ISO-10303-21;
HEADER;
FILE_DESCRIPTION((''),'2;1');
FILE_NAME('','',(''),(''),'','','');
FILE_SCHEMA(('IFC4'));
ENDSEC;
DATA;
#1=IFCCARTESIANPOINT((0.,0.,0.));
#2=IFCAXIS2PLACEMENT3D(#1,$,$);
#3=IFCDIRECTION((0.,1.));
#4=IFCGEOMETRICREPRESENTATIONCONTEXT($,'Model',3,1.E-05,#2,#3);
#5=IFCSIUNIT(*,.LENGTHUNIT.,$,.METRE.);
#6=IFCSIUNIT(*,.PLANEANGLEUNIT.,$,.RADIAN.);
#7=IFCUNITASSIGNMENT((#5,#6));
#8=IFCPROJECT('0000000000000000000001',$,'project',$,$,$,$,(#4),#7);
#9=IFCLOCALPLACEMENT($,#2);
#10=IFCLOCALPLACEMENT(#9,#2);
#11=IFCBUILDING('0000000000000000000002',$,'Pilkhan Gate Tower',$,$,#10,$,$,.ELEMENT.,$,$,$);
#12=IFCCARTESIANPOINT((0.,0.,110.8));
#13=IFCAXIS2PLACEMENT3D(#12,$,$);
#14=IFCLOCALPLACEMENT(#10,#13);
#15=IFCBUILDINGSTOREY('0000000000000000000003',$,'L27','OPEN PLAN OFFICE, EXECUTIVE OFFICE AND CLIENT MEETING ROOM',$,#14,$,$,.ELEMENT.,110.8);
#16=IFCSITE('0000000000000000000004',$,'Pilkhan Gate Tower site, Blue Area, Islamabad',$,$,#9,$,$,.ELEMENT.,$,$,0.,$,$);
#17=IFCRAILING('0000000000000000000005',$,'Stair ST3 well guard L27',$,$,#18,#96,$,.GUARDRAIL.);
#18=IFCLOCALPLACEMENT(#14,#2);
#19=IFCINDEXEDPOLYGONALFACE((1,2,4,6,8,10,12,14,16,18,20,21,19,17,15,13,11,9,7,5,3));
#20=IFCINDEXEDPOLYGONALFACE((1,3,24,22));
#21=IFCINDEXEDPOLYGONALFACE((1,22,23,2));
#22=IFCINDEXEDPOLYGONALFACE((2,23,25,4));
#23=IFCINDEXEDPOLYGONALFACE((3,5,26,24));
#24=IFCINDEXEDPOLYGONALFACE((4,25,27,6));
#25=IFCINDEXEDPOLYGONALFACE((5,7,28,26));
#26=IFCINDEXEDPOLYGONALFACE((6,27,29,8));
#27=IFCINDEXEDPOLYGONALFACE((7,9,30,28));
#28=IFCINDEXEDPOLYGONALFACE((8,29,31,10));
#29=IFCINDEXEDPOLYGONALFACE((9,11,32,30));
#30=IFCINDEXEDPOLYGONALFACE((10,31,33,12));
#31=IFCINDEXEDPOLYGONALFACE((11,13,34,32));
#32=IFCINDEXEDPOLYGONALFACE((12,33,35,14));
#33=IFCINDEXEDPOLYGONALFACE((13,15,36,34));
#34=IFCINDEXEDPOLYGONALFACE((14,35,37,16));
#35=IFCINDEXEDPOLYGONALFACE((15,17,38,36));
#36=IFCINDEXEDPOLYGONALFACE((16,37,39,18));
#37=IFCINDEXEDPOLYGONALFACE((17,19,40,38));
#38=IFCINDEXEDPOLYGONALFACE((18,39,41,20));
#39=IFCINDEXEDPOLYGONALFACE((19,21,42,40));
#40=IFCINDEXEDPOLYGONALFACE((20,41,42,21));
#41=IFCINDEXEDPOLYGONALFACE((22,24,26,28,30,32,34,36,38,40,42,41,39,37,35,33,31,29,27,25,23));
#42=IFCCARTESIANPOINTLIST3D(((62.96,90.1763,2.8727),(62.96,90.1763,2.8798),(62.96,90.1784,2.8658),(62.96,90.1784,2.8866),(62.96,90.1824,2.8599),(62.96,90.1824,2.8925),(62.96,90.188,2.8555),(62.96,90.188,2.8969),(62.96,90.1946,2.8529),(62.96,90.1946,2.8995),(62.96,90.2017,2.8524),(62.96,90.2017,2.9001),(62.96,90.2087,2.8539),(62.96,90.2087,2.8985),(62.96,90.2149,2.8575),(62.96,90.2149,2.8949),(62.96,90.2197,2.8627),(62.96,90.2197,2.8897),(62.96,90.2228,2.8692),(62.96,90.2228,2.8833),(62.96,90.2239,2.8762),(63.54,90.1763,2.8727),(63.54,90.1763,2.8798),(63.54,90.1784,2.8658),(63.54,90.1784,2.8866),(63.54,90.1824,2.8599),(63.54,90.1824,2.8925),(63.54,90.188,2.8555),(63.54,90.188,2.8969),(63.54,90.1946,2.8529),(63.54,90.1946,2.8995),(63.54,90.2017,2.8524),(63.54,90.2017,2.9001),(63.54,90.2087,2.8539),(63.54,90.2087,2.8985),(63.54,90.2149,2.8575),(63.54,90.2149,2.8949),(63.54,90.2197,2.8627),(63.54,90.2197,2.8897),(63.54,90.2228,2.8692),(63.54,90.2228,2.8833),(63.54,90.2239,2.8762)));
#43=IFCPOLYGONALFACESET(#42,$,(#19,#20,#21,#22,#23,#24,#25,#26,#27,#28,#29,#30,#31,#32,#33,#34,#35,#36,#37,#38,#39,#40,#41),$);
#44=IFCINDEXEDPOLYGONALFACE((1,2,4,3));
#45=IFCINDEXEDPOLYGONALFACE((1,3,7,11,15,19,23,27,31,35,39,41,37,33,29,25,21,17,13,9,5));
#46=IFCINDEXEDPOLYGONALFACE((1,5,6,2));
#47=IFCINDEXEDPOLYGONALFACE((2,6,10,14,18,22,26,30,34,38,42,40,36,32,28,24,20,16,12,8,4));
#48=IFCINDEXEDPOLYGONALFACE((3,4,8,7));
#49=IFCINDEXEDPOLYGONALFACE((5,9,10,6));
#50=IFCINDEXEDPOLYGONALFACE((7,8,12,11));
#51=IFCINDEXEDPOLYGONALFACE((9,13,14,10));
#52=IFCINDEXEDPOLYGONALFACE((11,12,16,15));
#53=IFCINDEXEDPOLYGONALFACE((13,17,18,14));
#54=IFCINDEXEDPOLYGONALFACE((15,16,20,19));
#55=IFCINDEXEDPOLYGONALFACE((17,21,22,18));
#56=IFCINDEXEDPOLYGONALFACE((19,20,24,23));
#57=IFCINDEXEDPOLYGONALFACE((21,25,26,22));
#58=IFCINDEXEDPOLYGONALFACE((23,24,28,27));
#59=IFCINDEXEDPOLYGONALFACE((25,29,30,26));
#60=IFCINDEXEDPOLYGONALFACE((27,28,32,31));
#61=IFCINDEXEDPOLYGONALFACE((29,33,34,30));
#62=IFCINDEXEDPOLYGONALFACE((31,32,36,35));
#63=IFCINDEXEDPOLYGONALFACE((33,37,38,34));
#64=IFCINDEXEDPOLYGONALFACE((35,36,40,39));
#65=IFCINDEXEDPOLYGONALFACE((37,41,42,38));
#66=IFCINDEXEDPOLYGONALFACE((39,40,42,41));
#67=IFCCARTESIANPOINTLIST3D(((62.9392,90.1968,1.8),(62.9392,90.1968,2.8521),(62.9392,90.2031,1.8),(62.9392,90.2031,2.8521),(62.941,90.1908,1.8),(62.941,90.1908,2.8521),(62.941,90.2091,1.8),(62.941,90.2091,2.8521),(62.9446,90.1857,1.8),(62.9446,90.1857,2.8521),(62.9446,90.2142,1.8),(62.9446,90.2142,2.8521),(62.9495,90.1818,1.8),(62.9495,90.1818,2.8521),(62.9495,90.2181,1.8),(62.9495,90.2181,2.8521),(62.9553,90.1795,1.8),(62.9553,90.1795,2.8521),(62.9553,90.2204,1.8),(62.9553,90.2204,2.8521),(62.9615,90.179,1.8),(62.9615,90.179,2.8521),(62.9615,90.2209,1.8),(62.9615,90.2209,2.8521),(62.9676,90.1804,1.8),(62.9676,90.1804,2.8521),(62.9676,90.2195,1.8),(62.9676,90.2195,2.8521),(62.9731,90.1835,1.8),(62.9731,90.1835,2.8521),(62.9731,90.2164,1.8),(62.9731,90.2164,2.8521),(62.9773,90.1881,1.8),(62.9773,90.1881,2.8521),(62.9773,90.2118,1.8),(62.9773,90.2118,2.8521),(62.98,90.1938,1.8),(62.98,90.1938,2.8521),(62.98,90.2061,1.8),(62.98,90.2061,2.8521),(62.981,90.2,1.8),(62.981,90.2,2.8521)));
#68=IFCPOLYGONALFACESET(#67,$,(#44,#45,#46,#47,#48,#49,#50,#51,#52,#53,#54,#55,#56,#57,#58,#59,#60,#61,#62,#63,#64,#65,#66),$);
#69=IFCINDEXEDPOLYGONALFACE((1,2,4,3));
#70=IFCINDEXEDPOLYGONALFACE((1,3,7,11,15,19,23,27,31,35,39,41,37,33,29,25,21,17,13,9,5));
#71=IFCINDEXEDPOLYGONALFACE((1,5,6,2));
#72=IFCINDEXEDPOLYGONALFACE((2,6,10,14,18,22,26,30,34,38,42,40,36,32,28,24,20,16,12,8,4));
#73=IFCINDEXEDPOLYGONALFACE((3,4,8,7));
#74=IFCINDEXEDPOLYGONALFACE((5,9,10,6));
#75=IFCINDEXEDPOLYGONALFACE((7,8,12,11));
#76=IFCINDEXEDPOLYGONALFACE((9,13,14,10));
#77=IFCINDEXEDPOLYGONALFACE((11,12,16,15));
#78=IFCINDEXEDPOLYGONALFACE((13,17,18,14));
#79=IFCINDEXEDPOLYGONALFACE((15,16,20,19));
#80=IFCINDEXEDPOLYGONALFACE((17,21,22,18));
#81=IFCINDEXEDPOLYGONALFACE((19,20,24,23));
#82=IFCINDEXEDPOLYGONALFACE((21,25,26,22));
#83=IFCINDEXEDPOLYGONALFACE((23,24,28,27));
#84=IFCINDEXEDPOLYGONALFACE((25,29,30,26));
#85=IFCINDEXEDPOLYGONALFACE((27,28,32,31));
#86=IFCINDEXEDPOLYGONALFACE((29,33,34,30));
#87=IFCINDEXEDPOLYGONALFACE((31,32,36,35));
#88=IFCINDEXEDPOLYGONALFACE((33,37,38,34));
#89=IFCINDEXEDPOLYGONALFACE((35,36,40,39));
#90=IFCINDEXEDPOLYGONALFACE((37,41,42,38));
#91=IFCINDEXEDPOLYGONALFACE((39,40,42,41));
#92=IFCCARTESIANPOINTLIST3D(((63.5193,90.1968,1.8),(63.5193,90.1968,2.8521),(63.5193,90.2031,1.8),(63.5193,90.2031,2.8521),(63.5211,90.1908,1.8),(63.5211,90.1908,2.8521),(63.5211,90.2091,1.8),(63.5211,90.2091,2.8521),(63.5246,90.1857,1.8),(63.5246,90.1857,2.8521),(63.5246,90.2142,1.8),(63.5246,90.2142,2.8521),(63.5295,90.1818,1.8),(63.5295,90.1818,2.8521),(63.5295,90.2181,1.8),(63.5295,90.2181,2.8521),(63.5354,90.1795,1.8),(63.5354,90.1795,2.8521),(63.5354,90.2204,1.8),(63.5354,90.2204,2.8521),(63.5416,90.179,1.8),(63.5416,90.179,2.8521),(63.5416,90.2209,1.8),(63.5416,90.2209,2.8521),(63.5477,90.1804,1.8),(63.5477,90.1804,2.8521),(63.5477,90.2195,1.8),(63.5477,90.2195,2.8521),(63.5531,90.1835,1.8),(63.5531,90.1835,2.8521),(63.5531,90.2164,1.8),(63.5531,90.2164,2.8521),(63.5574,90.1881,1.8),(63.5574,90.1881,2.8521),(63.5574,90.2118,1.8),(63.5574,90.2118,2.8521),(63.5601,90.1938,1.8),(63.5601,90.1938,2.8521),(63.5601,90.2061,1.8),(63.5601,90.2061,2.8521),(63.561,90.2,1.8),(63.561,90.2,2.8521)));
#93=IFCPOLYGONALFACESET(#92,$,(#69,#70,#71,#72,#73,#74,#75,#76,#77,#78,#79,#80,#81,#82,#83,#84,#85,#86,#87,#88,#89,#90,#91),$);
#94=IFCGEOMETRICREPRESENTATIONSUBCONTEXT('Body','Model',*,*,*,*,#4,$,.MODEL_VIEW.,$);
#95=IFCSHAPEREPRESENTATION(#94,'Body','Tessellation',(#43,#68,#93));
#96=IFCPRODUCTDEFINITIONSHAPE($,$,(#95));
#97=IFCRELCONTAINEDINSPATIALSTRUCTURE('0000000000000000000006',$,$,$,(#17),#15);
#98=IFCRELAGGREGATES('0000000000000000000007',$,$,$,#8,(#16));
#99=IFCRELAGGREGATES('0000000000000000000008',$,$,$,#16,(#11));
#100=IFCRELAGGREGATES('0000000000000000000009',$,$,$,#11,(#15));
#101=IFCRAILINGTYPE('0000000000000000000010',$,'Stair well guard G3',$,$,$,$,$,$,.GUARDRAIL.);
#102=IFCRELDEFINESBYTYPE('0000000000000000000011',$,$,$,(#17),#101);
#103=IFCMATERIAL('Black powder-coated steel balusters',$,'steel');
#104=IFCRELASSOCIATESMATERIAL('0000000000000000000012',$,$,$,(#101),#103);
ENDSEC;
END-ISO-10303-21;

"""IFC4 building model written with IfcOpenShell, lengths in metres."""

from ifc_helpers import new_model, si_unit, direction, frame, origin, origin_2d, place, context, subcontext, project, spatial, circle, extrude, material, type_object, element, save


model = new_model("IFC4")

# Units and contexts
model_context = context("Model", 3, precision=1e-05, world=origin(), true_north=direction((0.0, 1.0)))
body_context = subcontext(model_context, "Body", "Model", "MODEL_VIEW")
ifc_project = project(units=[si_unit("LENGTHUNIT", "METRE"), si_unit("PLANEANGLEUNIT", "RADIAN")], contexts=[model_context])

# Site, building, storey
site_placement = place(None, origin())
site = spatial("IfcSite", under=ifc_project, at=site_placement, Name="Pilkhan Gate Tower site, Blue Area, Islamabad", CompositionType="ELEMENT", RefElevation=0.0)
building_placement = place(site_placement, origin())
building = spatial("IfcBuilding", under=site, at=building_placement, Name="Pilkhan Gate Tower", CompositionType="ELEMENT")
storey_placement = place(building_placement, frame((0.0, 0.0, 110.8)))
storey = spatial("IfcBuildingStorey", under=building, at=storey_placement, Name="L27", Description="OPEN PLAN OFFICE, EXECUTIVE OFFICE AND CLIENT MEETING ROOM", CompositionType="ELEMENT", Elevation=110.8)

# Railing
ifc_material_1 = material(Name="Black powder-coated steel balusters", Category="steel")
railing_type_1 = type_object("IfcRailingType", Name="Stair well guard G3", PredefinedType="GUARDRAIL", material=ifc_material_1)
for number, where, name in (
    (1, (62.96, 90.2, 1.8), "Stair ST3 well guard L27"),
):
    element("IfcRailing", number, at=place(storey_placement, frame(where)), inside=storey, type_object=railing_type_1, Name=name, PredefinedType="GUARDRAIL", context=body_context, shape_type="SweptSolid", body=[
        extrude(circle(Radius=0.0239, at=origin_2d()), frame((0.0, 0.0, 1.0762), z_axis=(1.0, 0.0, 0.0), x_axis=(0.0, 1.0, 0.0)), (0.0, 0.0, 1.0), 0.5801),
        extrude(circle(Radius=0.021, at=origin_2d()), origin(), (0.0, 0.0, 1.0), 1.052),
        extrude(circle(Radius=0.021, at=origin_2d()), frame((0.5801, 0.0, 0.0)), (0.0, 0.0, 1.0), 1.052),
    ])

save(model, "model.ifc")
